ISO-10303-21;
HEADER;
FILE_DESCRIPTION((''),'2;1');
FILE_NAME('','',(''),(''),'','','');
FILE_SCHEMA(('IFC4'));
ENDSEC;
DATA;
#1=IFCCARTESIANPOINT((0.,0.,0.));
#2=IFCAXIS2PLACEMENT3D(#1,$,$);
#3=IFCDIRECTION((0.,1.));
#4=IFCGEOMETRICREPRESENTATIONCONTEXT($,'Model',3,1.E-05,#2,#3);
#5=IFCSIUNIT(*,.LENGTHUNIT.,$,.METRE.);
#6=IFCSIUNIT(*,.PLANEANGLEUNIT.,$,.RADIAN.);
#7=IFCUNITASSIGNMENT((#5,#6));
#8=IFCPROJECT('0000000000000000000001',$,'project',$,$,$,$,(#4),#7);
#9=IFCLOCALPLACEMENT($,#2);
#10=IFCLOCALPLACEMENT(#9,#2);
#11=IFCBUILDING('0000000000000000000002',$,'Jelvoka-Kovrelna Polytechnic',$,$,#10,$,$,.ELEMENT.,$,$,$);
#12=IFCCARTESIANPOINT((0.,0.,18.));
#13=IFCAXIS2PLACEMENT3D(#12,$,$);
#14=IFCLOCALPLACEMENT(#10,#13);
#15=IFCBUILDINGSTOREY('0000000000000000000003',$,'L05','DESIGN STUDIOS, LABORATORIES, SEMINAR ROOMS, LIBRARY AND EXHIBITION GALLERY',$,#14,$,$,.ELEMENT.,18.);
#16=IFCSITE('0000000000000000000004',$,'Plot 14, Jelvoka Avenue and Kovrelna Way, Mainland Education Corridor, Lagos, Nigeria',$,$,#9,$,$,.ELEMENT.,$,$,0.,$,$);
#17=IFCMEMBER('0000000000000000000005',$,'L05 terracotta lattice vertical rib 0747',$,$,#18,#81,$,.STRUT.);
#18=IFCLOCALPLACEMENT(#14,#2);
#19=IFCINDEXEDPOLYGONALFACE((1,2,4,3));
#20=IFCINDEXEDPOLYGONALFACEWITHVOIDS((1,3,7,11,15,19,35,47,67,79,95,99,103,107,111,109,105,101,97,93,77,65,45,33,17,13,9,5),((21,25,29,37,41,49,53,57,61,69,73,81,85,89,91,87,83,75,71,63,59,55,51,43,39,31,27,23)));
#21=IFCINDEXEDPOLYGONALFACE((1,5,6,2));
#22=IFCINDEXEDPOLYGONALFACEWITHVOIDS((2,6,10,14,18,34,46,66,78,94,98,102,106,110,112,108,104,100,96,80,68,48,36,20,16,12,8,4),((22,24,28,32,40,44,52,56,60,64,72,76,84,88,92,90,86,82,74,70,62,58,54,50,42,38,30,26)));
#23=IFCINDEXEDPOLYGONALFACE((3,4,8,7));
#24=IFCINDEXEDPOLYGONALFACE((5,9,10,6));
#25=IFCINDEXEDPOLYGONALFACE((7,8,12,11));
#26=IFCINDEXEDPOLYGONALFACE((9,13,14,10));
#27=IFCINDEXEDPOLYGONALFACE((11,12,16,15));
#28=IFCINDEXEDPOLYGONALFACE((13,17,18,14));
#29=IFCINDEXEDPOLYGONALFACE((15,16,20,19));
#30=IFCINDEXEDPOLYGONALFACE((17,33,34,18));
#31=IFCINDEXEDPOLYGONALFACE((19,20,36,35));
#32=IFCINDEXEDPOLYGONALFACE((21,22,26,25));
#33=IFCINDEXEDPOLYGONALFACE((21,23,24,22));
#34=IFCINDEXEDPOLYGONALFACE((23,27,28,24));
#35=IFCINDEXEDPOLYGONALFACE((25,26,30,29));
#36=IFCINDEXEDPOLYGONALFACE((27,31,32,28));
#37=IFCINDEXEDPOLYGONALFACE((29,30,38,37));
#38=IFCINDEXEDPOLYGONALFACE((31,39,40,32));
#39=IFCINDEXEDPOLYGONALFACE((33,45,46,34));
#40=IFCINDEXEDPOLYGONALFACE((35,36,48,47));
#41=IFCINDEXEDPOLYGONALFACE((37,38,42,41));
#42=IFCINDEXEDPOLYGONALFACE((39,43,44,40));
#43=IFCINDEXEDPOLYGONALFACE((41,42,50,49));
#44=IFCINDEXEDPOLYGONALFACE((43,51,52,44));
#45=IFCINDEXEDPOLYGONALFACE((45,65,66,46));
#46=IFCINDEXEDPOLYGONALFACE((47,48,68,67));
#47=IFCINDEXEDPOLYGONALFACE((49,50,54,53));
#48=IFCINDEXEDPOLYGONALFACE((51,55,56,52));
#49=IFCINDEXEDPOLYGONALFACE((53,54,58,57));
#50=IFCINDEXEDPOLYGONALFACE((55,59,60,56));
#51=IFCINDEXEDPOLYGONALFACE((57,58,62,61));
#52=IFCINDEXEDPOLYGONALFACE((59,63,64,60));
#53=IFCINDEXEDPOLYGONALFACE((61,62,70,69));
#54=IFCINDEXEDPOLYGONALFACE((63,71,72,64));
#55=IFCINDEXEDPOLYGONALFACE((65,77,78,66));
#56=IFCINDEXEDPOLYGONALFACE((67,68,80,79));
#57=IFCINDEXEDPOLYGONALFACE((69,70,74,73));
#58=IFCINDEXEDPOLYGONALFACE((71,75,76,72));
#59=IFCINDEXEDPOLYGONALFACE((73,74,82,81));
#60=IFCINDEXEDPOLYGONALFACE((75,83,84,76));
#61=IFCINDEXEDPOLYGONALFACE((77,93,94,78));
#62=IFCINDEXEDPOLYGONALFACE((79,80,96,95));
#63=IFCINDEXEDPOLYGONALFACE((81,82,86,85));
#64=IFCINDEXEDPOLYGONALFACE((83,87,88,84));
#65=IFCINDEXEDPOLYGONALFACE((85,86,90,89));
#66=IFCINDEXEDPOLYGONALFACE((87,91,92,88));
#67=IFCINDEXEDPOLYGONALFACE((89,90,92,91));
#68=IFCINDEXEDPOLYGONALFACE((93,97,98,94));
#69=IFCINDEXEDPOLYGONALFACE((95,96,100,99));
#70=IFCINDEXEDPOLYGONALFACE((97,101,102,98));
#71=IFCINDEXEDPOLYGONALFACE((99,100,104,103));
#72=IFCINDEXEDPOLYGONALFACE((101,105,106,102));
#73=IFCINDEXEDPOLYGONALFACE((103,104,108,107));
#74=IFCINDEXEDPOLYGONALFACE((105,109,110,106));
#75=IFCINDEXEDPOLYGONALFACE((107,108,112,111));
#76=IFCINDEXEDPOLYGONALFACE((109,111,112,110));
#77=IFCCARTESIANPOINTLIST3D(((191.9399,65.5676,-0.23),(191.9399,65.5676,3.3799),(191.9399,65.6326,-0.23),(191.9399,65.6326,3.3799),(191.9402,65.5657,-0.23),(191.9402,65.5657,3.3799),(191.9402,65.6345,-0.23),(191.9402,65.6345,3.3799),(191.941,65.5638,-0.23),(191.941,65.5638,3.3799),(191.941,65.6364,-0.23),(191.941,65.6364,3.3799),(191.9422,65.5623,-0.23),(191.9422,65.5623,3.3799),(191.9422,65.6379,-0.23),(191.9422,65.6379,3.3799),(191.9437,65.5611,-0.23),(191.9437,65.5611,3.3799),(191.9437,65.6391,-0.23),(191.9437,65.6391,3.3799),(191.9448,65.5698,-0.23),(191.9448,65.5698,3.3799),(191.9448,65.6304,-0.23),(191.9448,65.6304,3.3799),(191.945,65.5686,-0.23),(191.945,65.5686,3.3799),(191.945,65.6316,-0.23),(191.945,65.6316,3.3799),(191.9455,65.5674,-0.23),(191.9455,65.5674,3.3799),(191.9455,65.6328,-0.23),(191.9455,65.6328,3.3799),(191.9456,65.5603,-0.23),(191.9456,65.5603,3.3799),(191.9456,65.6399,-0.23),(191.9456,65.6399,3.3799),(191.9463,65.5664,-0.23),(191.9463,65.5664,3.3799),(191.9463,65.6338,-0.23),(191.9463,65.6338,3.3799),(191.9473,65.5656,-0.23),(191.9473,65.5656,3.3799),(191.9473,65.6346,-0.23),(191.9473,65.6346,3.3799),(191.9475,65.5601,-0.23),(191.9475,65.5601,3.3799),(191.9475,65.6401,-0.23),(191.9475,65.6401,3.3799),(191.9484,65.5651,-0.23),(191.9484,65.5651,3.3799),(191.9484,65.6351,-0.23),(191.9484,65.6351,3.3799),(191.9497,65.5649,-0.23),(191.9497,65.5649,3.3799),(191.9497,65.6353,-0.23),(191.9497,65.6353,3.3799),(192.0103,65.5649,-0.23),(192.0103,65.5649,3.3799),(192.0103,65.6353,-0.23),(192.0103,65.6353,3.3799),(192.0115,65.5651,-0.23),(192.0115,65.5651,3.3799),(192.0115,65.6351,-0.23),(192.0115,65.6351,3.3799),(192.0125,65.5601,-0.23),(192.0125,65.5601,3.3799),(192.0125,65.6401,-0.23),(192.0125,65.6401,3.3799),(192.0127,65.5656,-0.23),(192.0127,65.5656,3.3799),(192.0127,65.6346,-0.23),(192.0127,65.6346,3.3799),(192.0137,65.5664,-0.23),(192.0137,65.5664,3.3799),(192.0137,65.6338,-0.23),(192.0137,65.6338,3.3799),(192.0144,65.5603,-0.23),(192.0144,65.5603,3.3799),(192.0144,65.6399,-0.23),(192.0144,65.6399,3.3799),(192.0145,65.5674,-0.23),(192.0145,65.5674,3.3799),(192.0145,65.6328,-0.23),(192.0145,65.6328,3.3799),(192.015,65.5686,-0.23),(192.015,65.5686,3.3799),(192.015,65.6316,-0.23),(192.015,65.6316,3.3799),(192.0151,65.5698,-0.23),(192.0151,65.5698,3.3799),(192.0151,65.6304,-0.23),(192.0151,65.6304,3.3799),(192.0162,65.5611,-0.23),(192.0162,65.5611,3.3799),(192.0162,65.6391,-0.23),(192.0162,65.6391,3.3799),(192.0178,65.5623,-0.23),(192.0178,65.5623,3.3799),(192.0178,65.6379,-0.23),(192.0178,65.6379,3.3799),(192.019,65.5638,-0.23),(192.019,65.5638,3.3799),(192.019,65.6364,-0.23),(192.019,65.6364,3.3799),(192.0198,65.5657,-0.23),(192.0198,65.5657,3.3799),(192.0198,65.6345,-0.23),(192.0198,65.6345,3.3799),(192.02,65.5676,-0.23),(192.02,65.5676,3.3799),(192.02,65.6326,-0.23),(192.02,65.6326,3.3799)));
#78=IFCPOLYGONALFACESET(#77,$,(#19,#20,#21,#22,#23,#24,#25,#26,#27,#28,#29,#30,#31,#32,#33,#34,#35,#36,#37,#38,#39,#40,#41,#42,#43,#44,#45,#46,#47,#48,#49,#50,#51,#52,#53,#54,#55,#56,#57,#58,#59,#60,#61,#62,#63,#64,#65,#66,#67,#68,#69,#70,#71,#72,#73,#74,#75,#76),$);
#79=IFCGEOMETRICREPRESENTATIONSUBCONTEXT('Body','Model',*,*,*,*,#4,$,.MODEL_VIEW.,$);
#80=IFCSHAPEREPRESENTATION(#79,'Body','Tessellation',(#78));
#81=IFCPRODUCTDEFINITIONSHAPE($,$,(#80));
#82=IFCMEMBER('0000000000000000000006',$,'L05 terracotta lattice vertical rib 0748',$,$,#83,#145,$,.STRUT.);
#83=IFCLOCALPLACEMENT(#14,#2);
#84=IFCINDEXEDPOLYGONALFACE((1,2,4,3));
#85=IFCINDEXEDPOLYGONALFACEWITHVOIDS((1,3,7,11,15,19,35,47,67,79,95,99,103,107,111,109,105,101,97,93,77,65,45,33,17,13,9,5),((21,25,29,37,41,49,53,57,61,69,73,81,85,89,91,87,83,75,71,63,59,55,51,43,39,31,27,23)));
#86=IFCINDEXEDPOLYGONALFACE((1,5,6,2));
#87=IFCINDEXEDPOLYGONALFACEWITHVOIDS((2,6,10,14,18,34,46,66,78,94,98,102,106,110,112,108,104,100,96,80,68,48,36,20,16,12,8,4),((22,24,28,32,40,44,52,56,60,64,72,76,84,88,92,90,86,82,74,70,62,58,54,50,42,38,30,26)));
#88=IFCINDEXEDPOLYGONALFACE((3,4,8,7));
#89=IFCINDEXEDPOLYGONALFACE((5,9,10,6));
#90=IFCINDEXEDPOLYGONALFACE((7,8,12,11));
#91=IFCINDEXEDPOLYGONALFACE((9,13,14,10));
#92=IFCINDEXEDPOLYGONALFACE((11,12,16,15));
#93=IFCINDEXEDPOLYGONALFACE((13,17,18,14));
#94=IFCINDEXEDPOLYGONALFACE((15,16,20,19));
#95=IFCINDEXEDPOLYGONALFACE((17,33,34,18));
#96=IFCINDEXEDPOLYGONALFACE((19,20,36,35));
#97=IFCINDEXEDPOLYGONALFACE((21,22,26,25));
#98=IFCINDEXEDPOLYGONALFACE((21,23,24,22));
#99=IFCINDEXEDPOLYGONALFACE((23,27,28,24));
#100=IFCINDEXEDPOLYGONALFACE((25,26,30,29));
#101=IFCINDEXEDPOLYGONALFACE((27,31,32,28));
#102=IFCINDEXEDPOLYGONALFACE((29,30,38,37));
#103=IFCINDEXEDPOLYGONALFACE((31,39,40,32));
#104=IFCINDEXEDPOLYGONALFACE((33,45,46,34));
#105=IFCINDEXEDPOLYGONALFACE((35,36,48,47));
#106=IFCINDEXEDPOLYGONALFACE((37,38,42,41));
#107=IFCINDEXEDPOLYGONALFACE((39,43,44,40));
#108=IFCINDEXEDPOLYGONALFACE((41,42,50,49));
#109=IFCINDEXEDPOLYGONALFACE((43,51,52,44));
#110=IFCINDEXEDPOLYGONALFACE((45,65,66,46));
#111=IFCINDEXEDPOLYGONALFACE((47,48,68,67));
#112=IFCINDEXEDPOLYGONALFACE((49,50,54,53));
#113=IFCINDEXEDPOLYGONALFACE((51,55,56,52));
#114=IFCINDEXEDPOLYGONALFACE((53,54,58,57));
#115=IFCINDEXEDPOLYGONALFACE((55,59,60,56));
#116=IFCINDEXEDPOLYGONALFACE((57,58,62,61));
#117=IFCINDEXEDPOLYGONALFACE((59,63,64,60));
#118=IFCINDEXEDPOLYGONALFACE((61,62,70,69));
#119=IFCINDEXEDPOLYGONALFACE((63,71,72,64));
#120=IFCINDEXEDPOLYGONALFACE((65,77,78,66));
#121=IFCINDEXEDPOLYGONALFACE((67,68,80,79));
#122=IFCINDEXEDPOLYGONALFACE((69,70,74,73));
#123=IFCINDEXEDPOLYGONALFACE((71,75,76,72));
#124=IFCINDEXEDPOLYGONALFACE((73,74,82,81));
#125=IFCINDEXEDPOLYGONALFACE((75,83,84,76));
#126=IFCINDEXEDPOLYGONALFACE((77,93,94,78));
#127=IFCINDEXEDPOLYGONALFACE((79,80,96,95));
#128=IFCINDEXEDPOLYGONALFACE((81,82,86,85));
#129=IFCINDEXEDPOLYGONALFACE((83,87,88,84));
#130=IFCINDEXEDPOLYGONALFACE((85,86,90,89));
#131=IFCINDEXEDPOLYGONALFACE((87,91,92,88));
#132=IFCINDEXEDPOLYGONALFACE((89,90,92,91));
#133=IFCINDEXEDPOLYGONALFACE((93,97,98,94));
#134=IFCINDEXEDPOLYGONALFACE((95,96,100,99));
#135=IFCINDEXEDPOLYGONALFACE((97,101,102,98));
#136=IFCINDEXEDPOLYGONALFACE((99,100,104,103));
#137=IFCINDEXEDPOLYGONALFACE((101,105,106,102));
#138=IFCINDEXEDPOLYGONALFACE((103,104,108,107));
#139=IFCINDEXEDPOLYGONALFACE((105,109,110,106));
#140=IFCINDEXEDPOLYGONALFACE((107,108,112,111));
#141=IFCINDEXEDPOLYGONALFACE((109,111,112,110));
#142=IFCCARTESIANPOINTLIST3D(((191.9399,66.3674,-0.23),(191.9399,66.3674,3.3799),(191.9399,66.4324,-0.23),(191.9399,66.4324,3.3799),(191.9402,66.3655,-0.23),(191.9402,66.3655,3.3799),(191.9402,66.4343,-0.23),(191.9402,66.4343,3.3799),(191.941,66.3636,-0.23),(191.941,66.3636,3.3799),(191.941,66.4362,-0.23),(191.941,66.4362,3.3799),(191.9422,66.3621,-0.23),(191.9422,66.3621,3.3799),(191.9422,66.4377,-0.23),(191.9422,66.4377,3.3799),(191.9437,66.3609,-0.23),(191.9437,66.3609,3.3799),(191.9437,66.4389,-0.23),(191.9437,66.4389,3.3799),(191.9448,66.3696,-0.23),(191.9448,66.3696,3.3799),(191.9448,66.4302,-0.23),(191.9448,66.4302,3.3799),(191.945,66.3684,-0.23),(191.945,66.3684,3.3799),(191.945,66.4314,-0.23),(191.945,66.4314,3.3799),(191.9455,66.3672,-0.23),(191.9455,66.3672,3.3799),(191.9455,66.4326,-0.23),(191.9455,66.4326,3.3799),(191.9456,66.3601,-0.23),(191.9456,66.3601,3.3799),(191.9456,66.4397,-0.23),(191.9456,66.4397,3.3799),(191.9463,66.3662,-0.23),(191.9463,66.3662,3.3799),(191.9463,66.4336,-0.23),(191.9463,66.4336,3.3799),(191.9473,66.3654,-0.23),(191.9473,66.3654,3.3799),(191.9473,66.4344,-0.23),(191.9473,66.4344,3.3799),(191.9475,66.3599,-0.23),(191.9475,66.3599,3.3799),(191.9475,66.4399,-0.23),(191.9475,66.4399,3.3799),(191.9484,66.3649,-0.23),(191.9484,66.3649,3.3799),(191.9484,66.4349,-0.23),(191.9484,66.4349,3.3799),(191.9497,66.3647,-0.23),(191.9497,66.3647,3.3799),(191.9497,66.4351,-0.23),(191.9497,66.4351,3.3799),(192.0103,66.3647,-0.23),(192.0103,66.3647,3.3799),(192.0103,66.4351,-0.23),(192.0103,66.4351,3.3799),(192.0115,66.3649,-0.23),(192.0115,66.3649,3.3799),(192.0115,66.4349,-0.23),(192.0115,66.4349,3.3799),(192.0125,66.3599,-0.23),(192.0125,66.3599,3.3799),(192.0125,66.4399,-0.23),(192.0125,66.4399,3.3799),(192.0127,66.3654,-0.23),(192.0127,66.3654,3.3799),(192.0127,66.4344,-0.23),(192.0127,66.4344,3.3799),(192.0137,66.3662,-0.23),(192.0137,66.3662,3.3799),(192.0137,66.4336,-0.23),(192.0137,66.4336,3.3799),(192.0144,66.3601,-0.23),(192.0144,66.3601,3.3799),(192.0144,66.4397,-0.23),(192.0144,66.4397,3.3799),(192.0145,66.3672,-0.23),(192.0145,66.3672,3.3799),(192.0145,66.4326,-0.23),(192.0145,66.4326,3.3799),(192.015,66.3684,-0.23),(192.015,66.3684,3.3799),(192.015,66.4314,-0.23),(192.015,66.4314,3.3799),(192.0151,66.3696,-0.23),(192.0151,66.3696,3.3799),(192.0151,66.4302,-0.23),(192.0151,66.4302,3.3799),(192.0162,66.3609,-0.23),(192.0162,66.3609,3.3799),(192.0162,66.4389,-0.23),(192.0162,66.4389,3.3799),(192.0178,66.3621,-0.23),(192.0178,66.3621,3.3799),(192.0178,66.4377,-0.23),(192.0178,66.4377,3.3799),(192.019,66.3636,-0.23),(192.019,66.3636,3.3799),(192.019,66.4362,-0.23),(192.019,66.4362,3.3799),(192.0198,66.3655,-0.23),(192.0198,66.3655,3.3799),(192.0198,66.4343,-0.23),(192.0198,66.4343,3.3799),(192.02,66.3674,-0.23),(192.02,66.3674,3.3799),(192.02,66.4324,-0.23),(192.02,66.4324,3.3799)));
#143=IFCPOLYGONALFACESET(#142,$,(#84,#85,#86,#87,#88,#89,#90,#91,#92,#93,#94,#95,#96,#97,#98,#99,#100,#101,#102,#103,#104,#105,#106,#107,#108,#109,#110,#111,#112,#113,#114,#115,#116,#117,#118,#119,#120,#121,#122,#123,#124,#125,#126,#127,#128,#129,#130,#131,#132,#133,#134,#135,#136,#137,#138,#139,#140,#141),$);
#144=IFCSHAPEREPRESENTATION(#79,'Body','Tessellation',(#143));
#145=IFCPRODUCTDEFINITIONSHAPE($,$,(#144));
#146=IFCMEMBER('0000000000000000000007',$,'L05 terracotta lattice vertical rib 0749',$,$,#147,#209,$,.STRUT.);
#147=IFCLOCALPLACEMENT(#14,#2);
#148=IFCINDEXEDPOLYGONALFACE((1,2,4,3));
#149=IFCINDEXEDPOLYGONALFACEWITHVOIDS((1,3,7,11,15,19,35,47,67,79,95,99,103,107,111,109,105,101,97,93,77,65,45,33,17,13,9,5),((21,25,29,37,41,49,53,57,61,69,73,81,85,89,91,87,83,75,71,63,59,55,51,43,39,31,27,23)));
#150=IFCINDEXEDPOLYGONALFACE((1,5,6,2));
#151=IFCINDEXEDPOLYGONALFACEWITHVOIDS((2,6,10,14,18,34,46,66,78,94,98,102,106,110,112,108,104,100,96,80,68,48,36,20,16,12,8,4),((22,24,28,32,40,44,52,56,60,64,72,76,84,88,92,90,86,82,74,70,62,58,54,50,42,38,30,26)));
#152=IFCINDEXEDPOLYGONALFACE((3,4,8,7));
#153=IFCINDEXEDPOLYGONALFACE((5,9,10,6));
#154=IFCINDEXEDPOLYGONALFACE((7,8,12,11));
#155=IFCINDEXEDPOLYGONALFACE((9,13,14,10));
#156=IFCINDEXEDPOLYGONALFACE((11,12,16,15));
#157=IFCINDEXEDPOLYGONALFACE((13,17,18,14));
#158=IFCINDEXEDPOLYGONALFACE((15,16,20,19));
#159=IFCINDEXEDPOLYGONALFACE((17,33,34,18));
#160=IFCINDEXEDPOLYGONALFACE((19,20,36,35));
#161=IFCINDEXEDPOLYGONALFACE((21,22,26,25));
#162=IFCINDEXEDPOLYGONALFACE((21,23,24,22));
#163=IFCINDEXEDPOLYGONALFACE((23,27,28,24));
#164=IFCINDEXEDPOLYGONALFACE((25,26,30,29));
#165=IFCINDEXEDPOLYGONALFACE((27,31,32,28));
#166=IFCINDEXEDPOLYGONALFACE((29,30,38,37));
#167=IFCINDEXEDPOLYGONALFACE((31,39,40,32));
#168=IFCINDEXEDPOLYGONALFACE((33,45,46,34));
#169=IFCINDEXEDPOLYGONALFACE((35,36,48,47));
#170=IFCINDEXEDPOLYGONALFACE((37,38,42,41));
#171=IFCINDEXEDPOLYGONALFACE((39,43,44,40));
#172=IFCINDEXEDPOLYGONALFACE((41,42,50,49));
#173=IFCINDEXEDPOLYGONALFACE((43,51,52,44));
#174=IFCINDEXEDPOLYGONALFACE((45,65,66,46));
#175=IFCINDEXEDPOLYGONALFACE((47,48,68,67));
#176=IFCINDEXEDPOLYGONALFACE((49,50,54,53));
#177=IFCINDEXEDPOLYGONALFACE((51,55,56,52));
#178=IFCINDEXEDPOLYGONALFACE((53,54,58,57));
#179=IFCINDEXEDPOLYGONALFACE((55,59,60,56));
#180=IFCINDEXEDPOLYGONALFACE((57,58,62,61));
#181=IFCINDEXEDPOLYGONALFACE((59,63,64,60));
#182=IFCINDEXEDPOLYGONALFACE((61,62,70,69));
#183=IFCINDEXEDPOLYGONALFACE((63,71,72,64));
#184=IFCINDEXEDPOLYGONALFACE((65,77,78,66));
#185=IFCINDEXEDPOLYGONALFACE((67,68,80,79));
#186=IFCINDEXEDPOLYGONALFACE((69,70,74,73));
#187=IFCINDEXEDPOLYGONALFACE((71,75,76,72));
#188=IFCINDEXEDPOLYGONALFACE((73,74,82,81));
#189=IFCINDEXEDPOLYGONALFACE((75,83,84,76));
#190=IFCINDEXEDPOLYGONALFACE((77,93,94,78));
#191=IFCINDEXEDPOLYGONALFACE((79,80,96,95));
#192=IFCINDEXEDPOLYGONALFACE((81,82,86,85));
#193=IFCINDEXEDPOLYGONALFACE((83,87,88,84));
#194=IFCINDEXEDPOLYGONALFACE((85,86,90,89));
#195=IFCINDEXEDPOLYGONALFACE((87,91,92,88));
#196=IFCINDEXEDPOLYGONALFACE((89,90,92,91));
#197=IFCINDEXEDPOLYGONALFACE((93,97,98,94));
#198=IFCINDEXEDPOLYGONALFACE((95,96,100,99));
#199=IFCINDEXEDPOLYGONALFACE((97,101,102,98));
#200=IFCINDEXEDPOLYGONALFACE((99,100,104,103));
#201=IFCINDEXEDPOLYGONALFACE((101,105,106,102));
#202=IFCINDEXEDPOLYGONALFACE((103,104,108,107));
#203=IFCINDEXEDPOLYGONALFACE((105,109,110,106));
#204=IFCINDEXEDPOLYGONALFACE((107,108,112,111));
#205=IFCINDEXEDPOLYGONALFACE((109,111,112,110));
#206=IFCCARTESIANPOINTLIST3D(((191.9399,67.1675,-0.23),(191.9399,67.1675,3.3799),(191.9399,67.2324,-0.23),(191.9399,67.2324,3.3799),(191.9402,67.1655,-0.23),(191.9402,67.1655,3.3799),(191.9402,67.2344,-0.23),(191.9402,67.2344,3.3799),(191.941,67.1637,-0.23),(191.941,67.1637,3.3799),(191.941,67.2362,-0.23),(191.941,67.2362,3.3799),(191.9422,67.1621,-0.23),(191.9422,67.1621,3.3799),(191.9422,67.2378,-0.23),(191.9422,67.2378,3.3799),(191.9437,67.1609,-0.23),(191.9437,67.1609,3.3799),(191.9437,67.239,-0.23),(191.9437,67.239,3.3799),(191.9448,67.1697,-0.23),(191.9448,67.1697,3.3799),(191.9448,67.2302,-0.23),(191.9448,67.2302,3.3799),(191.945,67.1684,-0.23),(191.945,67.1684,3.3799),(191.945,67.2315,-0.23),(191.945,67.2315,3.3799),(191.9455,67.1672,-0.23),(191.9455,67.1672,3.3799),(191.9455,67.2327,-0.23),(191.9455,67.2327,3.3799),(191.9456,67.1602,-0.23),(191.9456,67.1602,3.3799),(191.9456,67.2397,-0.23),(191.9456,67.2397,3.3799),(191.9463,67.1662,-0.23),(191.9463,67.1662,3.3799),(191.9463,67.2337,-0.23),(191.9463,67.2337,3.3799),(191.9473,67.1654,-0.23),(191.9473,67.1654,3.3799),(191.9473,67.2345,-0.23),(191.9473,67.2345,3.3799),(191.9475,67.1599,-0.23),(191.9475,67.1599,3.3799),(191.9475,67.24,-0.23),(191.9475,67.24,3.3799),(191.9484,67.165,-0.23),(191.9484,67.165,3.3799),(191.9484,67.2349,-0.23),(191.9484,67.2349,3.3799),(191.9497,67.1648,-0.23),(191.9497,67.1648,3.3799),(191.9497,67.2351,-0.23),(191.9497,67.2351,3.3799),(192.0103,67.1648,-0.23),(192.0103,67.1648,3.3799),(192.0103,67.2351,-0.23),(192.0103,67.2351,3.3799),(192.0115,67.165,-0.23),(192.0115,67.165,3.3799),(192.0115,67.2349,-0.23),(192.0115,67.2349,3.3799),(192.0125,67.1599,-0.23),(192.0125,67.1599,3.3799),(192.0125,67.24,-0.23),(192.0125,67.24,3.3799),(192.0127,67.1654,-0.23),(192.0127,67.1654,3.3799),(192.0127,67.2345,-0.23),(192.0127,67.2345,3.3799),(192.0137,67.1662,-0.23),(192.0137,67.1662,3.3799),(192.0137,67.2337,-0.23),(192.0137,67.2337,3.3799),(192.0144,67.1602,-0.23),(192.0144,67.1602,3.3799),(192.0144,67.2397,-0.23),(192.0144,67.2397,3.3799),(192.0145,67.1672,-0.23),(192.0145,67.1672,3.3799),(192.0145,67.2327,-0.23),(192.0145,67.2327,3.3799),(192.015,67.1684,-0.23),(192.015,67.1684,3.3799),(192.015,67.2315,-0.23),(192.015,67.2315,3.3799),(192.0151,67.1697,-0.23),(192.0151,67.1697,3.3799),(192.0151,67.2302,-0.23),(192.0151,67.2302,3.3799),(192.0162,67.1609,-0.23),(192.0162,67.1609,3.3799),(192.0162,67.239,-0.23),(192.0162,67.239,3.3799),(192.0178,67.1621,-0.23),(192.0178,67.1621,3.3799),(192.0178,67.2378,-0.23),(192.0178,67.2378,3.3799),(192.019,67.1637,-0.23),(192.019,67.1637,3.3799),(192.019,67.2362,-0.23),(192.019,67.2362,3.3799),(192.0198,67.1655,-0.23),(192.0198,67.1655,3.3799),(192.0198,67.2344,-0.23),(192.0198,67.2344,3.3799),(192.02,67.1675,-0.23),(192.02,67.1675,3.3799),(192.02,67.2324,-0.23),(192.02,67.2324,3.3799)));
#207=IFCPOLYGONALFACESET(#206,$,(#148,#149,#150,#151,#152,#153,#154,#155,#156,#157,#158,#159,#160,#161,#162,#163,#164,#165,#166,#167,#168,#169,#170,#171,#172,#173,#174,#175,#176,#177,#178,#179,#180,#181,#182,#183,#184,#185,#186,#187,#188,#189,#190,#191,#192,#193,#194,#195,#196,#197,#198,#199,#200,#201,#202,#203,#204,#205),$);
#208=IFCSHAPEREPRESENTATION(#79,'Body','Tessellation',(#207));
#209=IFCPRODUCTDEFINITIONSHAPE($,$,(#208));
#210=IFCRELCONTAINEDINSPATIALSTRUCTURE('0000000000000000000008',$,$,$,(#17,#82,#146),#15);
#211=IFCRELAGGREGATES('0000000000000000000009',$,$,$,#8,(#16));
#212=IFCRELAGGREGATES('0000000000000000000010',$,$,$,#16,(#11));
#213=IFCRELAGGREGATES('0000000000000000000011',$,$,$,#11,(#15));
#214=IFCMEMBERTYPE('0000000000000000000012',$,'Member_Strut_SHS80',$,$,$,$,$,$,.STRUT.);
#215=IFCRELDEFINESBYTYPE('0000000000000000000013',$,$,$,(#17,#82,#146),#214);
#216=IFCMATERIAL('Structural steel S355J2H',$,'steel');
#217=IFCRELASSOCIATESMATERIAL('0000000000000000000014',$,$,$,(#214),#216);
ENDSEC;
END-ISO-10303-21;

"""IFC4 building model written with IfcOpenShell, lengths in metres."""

from ifc_helpers import new_model, si_unit, direction, frame, origin, origin_2d, place, context, subcontext, project, spatial, hollow_rectangle, extrude, material, material_profile, profile_set, type_object, element, save


model = new_model("IFC4")

# Units and contexts
model_context = context("Model", 3, precision=1e-05, world=origin(), true_north=direction((0.0, 1.0)))
body_context = subcontext(model_context, "Body", "Model", "MODEL_VIEW")
ifc_project = project(units=[si_unit("LENGTHUNIT", "METRE"), si_unit("PLANEANGLEUNIT", "RADIAN")], contexts=[model_context])

# Site, building, storey
site_placement = place(None, origin())
site = spatial("IfcSite", under=ifc_project, at=site_placement, Name="Plot 14, Jelvoka Avenue and Kovrelna Way, Mainland Education Corridor, Lagos, Nigeria", CompositionType="ELEMENT", RefElevation=0.0)
building_placement = place(site_placement, origin())
building = spatial("IfcBuilding", under=site, at=building_placement, Name="Jelvoka-Kovrelna Polytechnic", CompositionType="ELEMENT")
storey_placement = place(building_placement, frame((0.0, 0.0, 18.0)))
storey = spatial("IfcBuildingStorey", under=building, at=storey_placement, Name="L05", Description="DESIGN STUDIOS, LABORATORIES, SEMINAR ROOMS, LIBRARY AND EXHIBITION GALLERY", CompositionType="ELEMENT", Elevation=18.0)

# Members
ifc_material_1 = material(Name="Structural steel S355J2H", Category="steel")
ifc_material_profile_1 = material_profile(ifc_material_1, hollow_rectangle(XDim=0.0801, YDim=0.0801, WallThickness=0.0049, InnerFilletRadius=0.0049, OuterFilletRadius=0.0076, at=origin_2d()), Name="80x80x5.0 SHS")
ifc_profile_set_1 = profile_set([ifc_material_profile_1], Name="Structural steel S355J2H")
member_type_1 = type_object("IfcMemberType", Name="Member_Strut_SHS80", PredefinedType="STRUT", material=ifc_profile_set_1)
for number, where, z_axis, x_axis, name in (
    (1, (191.98, 65.6001, -0.23), (0.0, 0.0, 1.0), (1.0, 0.0, 0.0), "L05 terracotta lattice vertical rib 0747"),
    (2, (191.98, 66.3999, -0.23), (0.0, 0.0, 1.0), (1.0, 0.0, 0.0), "L05 terracotta lattice vertical rib 0748"),
    (3, (191.98, 67.2, -0.23), (0.0, 0.0, 1.0), (1.0, 0.0, 0.0), "L05 terracotta lattice vertical rib 0749"),
):
    element("IfcMember", number, at=place(storey_placement, frame(where, z_axis=z_axis, x_axis=x_axis)), inside=storey, type_object=member_type_1, Name=name, PredefinedType="STRUT", context=body_context, shape_type="SweptSolid", body=[
        extrude(hollow_rectangle(XDim=0.0801, YDim=0.0801, WallThickness=0.0049, InnerFilletRadius=0.0049, OuterFilletRadius=0.0076, at=origin_2d()), origin(), (0.0, 0.0, 1.0), 3.6099),
    ])

save(model, "model.ifc")
